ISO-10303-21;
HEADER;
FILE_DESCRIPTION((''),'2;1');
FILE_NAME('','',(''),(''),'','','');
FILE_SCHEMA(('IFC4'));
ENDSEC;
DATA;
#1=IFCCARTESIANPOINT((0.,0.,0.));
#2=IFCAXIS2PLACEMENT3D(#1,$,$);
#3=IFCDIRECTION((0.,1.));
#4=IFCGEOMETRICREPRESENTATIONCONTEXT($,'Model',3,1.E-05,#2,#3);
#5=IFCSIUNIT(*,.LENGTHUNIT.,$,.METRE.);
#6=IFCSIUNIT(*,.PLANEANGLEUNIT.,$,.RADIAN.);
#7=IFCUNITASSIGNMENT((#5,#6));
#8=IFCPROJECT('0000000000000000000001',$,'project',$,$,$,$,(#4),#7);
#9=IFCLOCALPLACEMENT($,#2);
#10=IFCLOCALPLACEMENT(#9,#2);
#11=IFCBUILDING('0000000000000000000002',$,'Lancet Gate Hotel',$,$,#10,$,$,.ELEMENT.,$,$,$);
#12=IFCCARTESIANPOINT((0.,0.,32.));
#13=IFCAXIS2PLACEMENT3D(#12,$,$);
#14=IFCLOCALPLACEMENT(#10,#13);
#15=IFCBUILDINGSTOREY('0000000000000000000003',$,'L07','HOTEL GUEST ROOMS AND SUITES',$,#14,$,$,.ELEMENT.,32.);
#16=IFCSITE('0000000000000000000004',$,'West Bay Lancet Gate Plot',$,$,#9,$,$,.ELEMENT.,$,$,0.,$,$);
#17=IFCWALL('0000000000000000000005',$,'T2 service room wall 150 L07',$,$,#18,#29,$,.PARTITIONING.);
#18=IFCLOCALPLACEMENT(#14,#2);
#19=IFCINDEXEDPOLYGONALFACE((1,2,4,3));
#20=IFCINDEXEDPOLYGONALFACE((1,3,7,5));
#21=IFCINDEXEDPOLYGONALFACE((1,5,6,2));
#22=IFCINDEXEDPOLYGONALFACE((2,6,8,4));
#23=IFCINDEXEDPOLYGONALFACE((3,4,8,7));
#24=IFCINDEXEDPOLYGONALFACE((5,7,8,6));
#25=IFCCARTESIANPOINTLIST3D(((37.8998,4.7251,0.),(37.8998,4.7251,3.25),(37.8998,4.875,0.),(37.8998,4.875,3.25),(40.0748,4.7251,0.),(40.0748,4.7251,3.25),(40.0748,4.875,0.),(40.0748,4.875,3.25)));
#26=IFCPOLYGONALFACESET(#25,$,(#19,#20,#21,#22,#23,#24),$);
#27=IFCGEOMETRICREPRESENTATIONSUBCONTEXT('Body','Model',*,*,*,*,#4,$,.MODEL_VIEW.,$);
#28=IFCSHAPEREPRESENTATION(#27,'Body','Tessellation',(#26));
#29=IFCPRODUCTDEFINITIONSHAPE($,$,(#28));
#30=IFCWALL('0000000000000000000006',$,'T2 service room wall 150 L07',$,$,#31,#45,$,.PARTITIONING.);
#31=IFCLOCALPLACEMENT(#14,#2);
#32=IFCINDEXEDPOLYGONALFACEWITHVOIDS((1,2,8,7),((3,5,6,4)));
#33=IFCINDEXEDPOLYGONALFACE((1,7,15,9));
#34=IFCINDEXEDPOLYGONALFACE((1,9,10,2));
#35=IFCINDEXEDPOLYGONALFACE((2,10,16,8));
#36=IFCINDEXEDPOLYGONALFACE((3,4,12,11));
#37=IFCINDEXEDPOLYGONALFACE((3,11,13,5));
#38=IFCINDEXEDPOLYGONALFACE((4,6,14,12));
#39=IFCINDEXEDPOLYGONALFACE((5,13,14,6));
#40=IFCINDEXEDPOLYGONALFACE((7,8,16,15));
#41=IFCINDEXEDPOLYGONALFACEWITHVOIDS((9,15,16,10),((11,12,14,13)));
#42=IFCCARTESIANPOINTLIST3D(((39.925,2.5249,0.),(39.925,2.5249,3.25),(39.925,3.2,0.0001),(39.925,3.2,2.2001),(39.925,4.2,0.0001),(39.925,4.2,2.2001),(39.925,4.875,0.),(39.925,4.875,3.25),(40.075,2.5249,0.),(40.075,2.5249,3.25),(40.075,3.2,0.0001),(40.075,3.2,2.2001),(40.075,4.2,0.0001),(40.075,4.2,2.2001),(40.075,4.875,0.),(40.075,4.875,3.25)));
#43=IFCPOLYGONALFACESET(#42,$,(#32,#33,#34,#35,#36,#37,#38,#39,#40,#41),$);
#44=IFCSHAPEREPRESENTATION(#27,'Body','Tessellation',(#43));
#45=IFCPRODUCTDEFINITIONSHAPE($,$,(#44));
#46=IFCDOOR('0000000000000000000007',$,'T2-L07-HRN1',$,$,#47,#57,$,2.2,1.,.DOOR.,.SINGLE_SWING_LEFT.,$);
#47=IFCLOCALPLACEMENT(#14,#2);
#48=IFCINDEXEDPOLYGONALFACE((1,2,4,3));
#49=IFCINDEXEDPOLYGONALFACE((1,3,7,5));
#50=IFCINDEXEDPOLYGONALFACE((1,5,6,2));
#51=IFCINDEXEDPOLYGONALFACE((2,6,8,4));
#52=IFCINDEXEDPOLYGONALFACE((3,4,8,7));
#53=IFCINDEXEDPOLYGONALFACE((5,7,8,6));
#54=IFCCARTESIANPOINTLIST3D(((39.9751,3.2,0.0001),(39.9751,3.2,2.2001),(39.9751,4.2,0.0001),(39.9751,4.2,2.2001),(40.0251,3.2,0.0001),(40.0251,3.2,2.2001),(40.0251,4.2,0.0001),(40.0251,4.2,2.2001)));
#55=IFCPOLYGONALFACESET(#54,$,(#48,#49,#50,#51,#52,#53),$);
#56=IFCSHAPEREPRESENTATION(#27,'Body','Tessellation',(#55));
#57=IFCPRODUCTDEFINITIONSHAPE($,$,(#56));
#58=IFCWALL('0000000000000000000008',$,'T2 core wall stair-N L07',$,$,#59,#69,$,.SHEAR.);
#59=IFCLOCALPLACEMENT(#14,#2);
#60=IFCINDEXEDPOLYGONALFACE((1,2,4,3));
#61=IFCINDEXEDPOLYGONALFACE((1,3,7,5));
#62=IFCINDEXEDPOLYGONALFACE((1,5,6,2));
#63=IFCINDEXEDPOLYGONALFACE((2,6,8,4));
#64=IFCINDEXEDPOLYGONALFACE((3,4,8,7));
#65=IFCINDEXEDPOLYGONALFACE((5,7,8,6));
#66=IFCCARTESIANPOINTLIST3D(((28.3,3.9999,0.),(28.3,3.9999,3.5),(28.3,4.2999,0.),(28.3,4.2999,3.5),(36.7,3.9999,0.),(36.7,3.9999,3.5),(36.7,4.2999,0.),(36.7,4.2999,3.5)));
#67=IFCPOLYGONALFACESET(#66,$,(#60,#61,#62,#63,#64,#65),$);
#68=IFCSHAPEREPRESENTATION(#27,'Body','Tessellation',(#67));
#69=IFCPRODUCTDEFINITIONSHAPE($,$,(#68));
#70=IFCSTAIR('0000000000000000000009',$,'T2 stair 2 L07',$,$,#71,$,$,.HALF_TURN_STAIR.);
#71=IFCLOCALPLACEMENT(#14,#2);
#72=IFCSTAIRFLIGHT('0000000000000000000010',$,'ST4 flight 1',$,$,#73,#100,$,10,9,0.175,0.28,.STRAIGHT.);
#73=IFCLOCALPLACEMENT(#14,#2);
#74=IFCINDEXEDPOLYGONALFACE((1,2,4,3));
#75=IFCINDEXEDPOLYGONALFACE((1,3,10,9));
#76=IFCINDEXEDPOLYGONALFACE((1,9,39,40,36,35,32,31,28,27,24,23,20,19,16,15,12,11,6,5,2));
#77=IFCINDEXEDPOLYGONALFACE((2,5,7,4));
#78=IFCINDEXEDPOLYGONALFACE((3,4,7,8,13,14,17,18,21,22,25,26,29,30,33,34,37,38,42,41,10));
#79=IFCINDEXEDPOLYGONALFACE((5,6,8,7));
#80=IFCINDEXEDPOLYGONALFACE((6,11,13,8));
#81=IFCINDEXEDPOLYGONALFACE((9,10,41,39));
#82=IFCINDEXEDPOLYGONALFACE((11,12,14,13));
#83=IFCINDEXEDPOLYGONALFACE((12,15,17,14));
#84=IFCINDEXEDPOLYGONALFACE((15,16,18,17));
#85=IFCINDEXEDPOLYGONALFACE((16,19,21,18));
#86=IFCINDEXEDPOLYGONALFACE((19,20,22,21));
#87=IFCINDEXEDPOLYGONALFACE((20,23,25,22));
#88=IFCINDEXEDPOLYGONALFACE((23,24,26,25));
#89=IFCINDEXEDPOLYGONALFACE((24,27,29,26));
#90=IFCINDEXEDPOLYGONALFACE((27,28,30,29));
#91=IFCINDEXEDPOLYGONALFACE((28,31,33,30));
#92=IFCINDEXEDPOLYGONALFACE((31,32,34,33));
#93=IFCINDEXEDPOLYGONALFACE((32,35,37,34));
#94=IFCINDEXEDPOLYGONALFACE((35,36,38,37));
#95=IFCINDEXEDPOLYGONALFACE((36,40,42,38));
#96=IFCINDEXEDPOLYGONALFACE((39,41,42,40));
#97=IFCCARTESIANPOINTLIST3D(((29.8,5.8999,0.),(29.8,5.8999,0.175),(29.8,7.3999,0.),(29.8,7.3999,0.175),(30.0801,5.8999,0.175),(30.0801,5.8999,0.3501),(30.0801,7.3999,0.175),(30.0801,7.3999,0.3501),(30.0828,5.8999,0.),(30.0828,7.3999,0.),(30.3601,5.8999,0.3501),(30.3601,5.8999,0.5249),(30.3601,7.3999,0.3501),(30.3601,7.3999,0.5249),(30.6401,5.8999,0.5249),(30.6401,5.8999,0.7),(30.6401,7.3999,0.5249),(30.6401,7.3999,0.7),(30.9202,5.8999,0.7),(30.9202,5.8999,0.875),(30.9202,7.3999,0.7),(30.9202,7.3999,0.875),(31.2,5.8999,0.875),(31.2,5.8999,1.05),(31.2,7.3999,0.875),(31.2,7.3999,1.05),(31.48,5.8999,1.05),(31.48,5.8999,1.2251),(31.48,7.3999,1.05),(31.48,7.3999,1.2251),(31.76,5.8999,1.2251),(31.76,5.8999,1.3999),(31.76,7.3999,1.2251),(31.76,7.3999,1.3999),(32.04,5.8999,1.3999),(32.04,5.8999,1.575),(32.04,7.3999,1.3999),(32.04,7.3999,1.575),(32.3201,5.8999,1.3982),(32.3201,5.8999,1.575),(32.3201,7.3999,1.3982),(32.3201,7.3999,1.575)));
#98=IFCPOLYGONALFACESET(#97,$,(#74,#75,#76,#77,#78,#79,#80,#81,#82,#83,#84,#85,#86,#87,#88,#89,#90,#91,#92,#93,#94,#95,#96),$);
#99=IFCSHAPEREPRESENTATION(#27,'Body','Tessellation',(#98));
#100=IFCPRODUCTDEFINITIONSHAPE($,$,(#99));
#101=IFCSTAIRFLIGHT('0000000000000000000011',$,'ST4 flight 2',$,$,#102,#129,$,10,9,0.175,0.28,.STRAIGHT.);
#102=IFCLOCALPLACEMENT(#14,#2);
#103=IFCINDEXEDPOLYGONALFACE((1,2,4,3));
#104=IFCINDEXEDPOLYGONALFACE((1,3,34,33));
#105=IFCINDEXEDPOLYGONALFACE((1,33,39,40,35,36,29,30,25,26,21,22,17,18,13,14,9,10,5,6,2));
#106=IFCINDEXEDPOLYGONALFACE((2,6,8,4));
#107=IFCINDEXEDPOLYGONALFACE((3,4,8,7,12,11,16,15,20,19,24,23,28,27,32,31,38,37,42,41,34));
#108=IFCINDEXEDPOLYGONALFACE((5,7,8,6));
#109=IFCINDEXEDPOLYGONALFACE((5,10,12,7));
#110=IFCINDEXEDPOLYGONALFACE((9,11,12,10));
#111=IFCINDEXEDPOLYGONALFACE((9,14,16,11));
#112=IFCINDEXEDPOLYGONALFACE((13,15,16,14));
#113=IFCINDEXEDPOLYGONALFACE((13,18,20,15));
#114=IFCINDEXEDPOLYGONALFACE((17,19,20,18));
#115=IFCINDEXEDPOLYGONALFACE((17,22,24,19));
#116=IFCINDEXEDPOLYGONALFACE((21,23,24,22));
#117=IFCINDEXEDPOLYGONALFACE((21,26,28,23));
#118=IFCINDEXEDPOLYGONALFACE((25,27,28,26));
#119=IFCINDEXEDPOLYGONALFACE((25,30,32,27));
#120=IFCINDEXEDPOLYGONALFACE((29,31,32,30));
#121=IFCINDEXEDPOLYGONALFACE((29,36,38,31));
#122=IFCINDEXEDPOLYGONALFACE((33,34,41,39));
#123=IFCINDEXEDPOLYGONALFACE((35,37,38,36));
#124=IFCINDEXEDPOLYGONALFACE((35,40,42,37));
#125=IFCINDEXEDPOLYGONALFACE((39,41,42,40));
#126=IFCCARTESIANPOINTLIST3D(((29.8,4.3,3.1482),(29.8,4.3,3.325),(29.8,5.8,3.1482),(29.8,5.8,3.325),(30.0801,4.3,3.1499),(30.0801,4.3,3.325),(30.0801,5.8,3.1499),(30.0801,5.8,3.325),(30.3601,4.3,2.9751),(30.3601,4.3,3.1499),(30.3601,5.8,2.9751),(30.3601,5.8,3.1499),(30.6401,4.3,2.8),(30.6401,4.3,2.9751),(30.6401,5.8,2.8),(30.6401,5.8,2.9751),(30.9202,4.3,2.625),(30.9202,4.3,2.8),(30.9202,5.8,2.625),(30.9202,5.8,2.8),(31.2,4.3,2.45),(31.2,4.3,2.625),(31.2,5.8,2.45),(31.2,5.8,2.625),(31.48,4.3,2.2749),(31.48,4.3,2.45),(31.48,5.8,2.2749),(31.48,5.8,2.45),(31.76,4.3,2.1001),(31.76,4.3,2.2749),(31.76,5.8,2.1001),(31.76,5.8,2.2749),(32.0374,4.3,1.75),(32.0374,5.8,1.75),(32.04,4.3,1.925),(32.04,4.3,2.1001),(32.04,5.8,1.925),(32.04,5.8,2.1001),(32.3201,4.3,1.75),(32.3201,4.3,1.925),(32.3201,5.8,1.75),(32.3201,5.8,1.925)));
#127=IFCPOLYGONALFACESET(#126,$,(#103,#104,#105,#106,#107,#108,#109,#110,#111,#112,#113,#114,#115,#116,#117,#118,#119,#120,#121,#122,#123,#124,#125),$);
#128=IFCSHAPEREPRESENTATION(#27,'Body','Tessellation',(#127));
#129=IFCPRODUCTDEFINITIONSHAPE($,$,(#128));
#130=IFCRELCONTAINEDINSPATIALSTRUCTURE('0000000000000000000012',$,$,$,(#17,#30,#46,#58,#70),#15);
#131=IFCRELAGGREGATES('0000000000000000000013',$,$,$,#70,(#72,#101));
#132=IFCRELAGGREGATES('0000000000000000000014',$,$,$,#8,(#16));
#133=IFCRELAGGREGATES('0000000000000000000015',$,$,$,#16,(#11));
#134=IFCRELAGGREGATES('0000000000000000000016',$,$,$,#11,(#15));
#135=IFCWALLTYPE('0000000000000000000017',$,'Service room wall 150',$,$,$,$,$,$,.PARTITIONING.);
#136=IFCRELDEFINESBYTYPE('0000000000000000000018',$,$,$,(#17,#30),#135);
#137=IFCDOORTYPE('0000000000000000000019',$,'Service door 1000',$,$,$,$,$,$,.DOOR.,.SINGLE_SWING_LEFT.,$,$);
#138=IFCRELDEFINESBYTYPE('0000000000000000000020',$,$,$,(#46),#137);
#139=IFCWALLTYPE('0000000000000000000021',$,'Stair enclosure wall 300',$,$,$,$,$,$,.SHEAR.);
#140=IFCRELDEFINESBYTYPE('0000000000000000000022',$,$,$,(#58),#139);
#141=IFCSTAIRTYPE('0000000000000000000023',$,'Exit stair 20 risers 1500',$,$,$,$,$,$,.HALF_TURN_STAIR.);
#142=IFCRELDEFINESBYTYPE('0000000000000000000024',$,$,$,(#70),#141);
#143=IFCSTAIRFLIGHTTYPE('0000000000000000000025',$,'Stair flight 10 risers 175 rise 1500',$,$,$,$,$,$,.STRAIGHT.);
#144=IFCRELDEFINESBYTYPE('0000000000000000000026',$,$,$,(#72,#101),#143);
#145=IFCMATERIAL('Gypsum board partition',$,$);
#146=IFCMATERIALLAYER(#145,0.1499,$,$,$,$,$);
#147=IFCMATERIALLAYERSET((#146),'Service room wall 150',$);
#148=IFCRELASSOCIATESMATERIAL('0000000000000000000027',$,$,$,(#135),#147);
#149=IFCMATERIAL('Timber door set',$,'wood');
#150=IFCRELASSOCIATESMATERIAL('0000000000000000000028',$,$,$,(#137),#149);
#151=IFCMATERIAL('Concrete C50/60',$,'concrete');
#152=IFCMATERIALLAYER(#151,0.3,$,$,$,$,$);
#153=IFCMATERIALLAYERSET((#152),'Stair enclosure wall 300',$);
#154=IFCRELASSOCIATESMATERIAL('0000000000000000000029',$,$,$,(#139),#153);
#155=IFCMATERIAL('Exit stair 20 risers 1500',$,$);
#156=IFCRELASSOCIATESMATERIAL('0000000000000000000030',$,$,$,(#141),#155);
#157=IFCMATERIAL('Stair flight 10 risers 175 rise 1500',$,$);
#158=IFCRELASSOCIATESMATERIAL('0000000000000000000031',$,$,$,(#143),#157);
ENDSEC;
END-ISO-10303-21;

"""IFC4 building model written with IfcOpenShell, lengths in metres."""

from ifc_helpers import new_model, si_unit, direction, frame, frame_2d, origin, place, context, subcontext, project, spatial, polyline, rectangle, outline, extrude, material, layer, layer_set, type_object, element, fill, aggregate, save


model = new_model("IFC4")

# Units and contexts
model_context = context("Model", 3, precision=1e-05, world=origin(), true_north=direction((0.0, 1.0)))
body_context = subcontext(model_context, "Body", "Model", "MODEL_VIEW")
ifc_project = project(units=[si_unit("LENGTHUNIT", "METRE"), si_unit("PLANEANGLEUNIT", "RADIAN")], contexts=[model_context])

# Site, building, storey
site_placement = place(None, origin())
site = spatial("IfcSite", under=ifc_project, at=site_placement, Name="West Bay Lancet Gate Plot", CompositionType="ELEMENT", RefElevation=0.0)
building_placement = place(site_placement, origin())
building = spatial("IfcBuilding", under=site, at=building_placement, Name="Lancet Gate Hotel", CompositionType="ELEMENT")
storey_placement = place(building_placement, frame((0.0, 0.0, 32.0)))
storey = spatial("IfcBuildingStorey", under=building, at=storey_placement, Name="L07", Description="HOTEL GUEST ROOMS AND SUITES", CompositionType="ELEMENT", Elevation=32.0)

# Wall
ifc_material_1 = material(Name="Gypsum board partition")
ifc_layer_1 = layer(ifc_material_1, 0.1499)
ifc_layer_set_1 = layer_set([ifc_layer_1], Name="Service room wall 150")
wall_type_1 = type_object("IfcWallType", Name="Service room wall 150", PredefinedType="PARTITIONING", material=ifc_layer_set_1)
for number, where, z_axis, x_axis, name in (
    (1, (37.8999, 4.8, 0.0), (0.0, 0.0, 1.0), (1.0, 0.0, 0.0), "T2 service room wall 150 L07"),
):
    element("IfcWall", number, at=place(storey_placement, frame(where, z_axis=z_axis, x_axis=x_axis)), inside=storey, type_object=wall_type_1, Name=name, PredefinedType="PARTITIONING", context=body_context, shape_type="SweptSolid", body=[
        extrude(rectangle(XDim=2.175, YDim=0.1499, at=frame_2d((1.0874, 0.0))), origin(), (0.0, 0.0, 1.0), 3.25),
    ])

# Wall, opening, door
wall_1_placement = place(storey_placement, frame((40.0, 2.5249, 0.0), z_axis=(0.0, 0.0, 1.0), x_axis=(0.0, 1.0, 0.0)))
wall_1 = element("IfcWall", 2, at=wall_1_placement, inside=storey, type_object=wall_type_1, Name="T2 service room wall 150 L07", PredefinedType="PARTITIONING", context=body_context, shape_type="SweptSolid", body=[
    extrude(rectangle(XDim=2.3501, YDim=0.1499, at=frame_2d((1.175, 0.0))), origin(), (0.0, 0.0, 1.0), 3.25),
])
opening_1_placement = place(wall_1_placement, frame((0.675, 0.0, 0.0)))
opening_1 = element("IfcOpeningElement", 3, at=opening_1_placement, cuts=wall_1, PredefinedType="OPENING", context=body_context, shape_type="SweptSolid", body=[
    extrude(rectangle(XDim=1.0, YDim=2.2, at=frame_2d((0.5, 1.1001))), frame((0.0, 0.085, 0.0), z_axis=(0.0, -1.0, 0.0), x_axis=(1.0, 0.0, 0.0)), (0.0, 0.0, 1.0), 0.1699),
])
ifc_material_2 = material(Name="Timber door set", Category="wood")
door_type_1 = type_object("IfcDoorType", Name="Service door 1000", OperationType="SINGLE_SWING_LEFT", PredefinedType="DOOR", material=ifc_material_2)
door_1_placement = place(opening_1_placement, origin())
door_1 = element("IfcDoor", 4, at=door_1_placement, inside=storey, type_object=door_type_1, Name="T2-L07-HRN1", OperationType="SINGLE_SWING_LEFT", OverallHeight=2.2, OverallWidth=1.0, PredefinedType="DOOR", context=body_context, shape_type="SweptSolid", body=[
    extrude(rectangle(XDim=1.0, YDim=2.2, at=frame_2d((0.5, 1.1001))), frame((0.0, 0.0249, 0.0), z_axis=(0.0, -1.0, 0.0), x_axis=(1.0, 0.0, 0.0)), (0.0, 0.0, 1.0), 0.05),
])
fill(opening_1, door_1)

# Wall
ifc_material_3 = material(Name="Concrete C50/60", Category="concrete")
ifc_layer_2 = layer(ifc_material_3, 0.3)
ifc_layer_set_2 = layer_set([ifc_layer_2], Name="Stair enclosure wall 300")
wall_type_2 = type_object("IfcWallType", Name="Stair enclosure wall 300", PredefinedType="SHEAR", material=ifc_layer_set_2)
wall_2_placement = place(storey_placement, frame((28.3, 4.1499, 0.0), z_axis=(0.0, 0.0, 1.0), x_axis=(1.0, 0.0, 0.0)))
element("IfcWall", 5, at=wall_2_placement, inside=storey, type_object=wall_type_2, Name="T2 core wall stair-N L07", PredefinedType="SHEAR", context=body_context, shape_type="SweptSolid", body=[
    extrude(rectangle(XDim=8.3999, YDim=0.3, at=frame_2d((4.2, 0.0))), origin(), (0.0, 0.0, 1.0), 3.5),
])

# Stair, stair flights
ifc_material_4 = material(Name="Exit stair 20 risers 1500")
stair_type = type_object("IfcStairType", Name="Exit stair 20 risers 1500", PredefinedType="HALF_TURN_STAIR", material=ifc_material_4)
stair_placement = place(storey_placement, origin())
stair = element("IfcStair", 6, at=stair_placement, inside=storey, type_object=stair_type, Name="T2 stair 2 L07", PredefinedType="HALF_TURN_STAIR")
ifc_material_5 = material(Name="Stair flight 10 risers 175 rise 1500")
stair_flight_type = type_object("IfcStairFlightType", Name="Stair flight 10 risers 175 rise 1500", PredefinedType="STRAIGHT", material=ifc_material_5)
stair_flight_1_placement = place(storey_placement, frame((29.8, 6.6499, 0.0), z_axis=(0.0, 0.0, 1.0), x_axis=(1.0, 0.0, 0.0)))
stair_flight_1 = element("IfcStairFlight", 7, at=stair_flight_1_placement, type_object=stair_flight_type, Name="ST4 flight 1", NumberOfRisers=10, NumberOfTreads=9, PredefinedType="STRAIGHT", RiserHeight=0.175, TreadLength=0.28, context=body_context, shape_type="SweptSolid", body=[
    extrude(outline(polyline([(0.0, 0.0), (0.0, 0.175), (0.28, 0.175), (0.28, 0.3501), (0.5601, 0.3501), (0.5601, 0.5249), (0.8401, 0.5249), (0.8401, 0.7), (1.1201, 0.7), (1.1201, 0.875), (1.3999, 0.875), (1.3999, 1.05), (1.6799, 1.05), (1.6799, 1.2251), (1.96, 1.2251), (1.96, 1.3999), (2.24, 1.3999), (2.24, 1.575), (2.52, 1.575), (2.52, 1.75), (2.52, 1.3982), (0.2827, 0.0), (0.0, 0.0)])), frame((0.0, 0.75, 0.0), z_axis=(0.0, -1.0, 0.0), x_axis=(1.0, 0.0, 0.0)), (0.0, 0.0, 1.0), 1.5),
])
stair_flight_2_placement = place(storey_placement, frame((32.3201, 5.05, 1.75), z_axis=(0.0, 0.0, 1.0), x_axis=(-1.0, 0.0, 0.0)))
stair_flight_2 = element("IfcStairFlight", 8, at=stair_flight_2_placement, type_object=stair_flight_type, Name="ST4 flight 2", NumberOfRisers=10, NumberOfTreads=9, PredefinedType="STRAIGHT", RiserHeight=0.175, TreadLength=0.28, context=body_context, shape_type="SweptSolid", body=[
    extrude(outline(polyline([(0.0, 0.0), (0.0, 0.175), (0.28, 0.175), (0.28, 0.3501), (0.5601, 0.3501), (0.5601, 0.5249), (0.8401, 0.5249), (0.8401, 0.7), (1.1201, 0.7), (1.1201, 0.875), (1.3999, 0.875), (1.3999, 1.05), (1.6799, 1.05), (1.6799, 1.2251), (1.96, 1.2251), (1.96, 1.3999), (2.24, 1.3999), (2.24, 1.575), (2.52, 1.575), (2.52, 1.75), (2.52, 1.3982), (0.2827, 0.0), (0.0, 0.0)])), frame((0.0, 0.75, 0.0), z_axis=(0.0, -1.0, 0.0), x_axis=(1.0, 0.0, 0.0)), (0.0, 0.0, 1.0), 1.5),
])
aggregate(stair, [stair_flight_1, stair_flight_2])

save(model, "model.ifc")
